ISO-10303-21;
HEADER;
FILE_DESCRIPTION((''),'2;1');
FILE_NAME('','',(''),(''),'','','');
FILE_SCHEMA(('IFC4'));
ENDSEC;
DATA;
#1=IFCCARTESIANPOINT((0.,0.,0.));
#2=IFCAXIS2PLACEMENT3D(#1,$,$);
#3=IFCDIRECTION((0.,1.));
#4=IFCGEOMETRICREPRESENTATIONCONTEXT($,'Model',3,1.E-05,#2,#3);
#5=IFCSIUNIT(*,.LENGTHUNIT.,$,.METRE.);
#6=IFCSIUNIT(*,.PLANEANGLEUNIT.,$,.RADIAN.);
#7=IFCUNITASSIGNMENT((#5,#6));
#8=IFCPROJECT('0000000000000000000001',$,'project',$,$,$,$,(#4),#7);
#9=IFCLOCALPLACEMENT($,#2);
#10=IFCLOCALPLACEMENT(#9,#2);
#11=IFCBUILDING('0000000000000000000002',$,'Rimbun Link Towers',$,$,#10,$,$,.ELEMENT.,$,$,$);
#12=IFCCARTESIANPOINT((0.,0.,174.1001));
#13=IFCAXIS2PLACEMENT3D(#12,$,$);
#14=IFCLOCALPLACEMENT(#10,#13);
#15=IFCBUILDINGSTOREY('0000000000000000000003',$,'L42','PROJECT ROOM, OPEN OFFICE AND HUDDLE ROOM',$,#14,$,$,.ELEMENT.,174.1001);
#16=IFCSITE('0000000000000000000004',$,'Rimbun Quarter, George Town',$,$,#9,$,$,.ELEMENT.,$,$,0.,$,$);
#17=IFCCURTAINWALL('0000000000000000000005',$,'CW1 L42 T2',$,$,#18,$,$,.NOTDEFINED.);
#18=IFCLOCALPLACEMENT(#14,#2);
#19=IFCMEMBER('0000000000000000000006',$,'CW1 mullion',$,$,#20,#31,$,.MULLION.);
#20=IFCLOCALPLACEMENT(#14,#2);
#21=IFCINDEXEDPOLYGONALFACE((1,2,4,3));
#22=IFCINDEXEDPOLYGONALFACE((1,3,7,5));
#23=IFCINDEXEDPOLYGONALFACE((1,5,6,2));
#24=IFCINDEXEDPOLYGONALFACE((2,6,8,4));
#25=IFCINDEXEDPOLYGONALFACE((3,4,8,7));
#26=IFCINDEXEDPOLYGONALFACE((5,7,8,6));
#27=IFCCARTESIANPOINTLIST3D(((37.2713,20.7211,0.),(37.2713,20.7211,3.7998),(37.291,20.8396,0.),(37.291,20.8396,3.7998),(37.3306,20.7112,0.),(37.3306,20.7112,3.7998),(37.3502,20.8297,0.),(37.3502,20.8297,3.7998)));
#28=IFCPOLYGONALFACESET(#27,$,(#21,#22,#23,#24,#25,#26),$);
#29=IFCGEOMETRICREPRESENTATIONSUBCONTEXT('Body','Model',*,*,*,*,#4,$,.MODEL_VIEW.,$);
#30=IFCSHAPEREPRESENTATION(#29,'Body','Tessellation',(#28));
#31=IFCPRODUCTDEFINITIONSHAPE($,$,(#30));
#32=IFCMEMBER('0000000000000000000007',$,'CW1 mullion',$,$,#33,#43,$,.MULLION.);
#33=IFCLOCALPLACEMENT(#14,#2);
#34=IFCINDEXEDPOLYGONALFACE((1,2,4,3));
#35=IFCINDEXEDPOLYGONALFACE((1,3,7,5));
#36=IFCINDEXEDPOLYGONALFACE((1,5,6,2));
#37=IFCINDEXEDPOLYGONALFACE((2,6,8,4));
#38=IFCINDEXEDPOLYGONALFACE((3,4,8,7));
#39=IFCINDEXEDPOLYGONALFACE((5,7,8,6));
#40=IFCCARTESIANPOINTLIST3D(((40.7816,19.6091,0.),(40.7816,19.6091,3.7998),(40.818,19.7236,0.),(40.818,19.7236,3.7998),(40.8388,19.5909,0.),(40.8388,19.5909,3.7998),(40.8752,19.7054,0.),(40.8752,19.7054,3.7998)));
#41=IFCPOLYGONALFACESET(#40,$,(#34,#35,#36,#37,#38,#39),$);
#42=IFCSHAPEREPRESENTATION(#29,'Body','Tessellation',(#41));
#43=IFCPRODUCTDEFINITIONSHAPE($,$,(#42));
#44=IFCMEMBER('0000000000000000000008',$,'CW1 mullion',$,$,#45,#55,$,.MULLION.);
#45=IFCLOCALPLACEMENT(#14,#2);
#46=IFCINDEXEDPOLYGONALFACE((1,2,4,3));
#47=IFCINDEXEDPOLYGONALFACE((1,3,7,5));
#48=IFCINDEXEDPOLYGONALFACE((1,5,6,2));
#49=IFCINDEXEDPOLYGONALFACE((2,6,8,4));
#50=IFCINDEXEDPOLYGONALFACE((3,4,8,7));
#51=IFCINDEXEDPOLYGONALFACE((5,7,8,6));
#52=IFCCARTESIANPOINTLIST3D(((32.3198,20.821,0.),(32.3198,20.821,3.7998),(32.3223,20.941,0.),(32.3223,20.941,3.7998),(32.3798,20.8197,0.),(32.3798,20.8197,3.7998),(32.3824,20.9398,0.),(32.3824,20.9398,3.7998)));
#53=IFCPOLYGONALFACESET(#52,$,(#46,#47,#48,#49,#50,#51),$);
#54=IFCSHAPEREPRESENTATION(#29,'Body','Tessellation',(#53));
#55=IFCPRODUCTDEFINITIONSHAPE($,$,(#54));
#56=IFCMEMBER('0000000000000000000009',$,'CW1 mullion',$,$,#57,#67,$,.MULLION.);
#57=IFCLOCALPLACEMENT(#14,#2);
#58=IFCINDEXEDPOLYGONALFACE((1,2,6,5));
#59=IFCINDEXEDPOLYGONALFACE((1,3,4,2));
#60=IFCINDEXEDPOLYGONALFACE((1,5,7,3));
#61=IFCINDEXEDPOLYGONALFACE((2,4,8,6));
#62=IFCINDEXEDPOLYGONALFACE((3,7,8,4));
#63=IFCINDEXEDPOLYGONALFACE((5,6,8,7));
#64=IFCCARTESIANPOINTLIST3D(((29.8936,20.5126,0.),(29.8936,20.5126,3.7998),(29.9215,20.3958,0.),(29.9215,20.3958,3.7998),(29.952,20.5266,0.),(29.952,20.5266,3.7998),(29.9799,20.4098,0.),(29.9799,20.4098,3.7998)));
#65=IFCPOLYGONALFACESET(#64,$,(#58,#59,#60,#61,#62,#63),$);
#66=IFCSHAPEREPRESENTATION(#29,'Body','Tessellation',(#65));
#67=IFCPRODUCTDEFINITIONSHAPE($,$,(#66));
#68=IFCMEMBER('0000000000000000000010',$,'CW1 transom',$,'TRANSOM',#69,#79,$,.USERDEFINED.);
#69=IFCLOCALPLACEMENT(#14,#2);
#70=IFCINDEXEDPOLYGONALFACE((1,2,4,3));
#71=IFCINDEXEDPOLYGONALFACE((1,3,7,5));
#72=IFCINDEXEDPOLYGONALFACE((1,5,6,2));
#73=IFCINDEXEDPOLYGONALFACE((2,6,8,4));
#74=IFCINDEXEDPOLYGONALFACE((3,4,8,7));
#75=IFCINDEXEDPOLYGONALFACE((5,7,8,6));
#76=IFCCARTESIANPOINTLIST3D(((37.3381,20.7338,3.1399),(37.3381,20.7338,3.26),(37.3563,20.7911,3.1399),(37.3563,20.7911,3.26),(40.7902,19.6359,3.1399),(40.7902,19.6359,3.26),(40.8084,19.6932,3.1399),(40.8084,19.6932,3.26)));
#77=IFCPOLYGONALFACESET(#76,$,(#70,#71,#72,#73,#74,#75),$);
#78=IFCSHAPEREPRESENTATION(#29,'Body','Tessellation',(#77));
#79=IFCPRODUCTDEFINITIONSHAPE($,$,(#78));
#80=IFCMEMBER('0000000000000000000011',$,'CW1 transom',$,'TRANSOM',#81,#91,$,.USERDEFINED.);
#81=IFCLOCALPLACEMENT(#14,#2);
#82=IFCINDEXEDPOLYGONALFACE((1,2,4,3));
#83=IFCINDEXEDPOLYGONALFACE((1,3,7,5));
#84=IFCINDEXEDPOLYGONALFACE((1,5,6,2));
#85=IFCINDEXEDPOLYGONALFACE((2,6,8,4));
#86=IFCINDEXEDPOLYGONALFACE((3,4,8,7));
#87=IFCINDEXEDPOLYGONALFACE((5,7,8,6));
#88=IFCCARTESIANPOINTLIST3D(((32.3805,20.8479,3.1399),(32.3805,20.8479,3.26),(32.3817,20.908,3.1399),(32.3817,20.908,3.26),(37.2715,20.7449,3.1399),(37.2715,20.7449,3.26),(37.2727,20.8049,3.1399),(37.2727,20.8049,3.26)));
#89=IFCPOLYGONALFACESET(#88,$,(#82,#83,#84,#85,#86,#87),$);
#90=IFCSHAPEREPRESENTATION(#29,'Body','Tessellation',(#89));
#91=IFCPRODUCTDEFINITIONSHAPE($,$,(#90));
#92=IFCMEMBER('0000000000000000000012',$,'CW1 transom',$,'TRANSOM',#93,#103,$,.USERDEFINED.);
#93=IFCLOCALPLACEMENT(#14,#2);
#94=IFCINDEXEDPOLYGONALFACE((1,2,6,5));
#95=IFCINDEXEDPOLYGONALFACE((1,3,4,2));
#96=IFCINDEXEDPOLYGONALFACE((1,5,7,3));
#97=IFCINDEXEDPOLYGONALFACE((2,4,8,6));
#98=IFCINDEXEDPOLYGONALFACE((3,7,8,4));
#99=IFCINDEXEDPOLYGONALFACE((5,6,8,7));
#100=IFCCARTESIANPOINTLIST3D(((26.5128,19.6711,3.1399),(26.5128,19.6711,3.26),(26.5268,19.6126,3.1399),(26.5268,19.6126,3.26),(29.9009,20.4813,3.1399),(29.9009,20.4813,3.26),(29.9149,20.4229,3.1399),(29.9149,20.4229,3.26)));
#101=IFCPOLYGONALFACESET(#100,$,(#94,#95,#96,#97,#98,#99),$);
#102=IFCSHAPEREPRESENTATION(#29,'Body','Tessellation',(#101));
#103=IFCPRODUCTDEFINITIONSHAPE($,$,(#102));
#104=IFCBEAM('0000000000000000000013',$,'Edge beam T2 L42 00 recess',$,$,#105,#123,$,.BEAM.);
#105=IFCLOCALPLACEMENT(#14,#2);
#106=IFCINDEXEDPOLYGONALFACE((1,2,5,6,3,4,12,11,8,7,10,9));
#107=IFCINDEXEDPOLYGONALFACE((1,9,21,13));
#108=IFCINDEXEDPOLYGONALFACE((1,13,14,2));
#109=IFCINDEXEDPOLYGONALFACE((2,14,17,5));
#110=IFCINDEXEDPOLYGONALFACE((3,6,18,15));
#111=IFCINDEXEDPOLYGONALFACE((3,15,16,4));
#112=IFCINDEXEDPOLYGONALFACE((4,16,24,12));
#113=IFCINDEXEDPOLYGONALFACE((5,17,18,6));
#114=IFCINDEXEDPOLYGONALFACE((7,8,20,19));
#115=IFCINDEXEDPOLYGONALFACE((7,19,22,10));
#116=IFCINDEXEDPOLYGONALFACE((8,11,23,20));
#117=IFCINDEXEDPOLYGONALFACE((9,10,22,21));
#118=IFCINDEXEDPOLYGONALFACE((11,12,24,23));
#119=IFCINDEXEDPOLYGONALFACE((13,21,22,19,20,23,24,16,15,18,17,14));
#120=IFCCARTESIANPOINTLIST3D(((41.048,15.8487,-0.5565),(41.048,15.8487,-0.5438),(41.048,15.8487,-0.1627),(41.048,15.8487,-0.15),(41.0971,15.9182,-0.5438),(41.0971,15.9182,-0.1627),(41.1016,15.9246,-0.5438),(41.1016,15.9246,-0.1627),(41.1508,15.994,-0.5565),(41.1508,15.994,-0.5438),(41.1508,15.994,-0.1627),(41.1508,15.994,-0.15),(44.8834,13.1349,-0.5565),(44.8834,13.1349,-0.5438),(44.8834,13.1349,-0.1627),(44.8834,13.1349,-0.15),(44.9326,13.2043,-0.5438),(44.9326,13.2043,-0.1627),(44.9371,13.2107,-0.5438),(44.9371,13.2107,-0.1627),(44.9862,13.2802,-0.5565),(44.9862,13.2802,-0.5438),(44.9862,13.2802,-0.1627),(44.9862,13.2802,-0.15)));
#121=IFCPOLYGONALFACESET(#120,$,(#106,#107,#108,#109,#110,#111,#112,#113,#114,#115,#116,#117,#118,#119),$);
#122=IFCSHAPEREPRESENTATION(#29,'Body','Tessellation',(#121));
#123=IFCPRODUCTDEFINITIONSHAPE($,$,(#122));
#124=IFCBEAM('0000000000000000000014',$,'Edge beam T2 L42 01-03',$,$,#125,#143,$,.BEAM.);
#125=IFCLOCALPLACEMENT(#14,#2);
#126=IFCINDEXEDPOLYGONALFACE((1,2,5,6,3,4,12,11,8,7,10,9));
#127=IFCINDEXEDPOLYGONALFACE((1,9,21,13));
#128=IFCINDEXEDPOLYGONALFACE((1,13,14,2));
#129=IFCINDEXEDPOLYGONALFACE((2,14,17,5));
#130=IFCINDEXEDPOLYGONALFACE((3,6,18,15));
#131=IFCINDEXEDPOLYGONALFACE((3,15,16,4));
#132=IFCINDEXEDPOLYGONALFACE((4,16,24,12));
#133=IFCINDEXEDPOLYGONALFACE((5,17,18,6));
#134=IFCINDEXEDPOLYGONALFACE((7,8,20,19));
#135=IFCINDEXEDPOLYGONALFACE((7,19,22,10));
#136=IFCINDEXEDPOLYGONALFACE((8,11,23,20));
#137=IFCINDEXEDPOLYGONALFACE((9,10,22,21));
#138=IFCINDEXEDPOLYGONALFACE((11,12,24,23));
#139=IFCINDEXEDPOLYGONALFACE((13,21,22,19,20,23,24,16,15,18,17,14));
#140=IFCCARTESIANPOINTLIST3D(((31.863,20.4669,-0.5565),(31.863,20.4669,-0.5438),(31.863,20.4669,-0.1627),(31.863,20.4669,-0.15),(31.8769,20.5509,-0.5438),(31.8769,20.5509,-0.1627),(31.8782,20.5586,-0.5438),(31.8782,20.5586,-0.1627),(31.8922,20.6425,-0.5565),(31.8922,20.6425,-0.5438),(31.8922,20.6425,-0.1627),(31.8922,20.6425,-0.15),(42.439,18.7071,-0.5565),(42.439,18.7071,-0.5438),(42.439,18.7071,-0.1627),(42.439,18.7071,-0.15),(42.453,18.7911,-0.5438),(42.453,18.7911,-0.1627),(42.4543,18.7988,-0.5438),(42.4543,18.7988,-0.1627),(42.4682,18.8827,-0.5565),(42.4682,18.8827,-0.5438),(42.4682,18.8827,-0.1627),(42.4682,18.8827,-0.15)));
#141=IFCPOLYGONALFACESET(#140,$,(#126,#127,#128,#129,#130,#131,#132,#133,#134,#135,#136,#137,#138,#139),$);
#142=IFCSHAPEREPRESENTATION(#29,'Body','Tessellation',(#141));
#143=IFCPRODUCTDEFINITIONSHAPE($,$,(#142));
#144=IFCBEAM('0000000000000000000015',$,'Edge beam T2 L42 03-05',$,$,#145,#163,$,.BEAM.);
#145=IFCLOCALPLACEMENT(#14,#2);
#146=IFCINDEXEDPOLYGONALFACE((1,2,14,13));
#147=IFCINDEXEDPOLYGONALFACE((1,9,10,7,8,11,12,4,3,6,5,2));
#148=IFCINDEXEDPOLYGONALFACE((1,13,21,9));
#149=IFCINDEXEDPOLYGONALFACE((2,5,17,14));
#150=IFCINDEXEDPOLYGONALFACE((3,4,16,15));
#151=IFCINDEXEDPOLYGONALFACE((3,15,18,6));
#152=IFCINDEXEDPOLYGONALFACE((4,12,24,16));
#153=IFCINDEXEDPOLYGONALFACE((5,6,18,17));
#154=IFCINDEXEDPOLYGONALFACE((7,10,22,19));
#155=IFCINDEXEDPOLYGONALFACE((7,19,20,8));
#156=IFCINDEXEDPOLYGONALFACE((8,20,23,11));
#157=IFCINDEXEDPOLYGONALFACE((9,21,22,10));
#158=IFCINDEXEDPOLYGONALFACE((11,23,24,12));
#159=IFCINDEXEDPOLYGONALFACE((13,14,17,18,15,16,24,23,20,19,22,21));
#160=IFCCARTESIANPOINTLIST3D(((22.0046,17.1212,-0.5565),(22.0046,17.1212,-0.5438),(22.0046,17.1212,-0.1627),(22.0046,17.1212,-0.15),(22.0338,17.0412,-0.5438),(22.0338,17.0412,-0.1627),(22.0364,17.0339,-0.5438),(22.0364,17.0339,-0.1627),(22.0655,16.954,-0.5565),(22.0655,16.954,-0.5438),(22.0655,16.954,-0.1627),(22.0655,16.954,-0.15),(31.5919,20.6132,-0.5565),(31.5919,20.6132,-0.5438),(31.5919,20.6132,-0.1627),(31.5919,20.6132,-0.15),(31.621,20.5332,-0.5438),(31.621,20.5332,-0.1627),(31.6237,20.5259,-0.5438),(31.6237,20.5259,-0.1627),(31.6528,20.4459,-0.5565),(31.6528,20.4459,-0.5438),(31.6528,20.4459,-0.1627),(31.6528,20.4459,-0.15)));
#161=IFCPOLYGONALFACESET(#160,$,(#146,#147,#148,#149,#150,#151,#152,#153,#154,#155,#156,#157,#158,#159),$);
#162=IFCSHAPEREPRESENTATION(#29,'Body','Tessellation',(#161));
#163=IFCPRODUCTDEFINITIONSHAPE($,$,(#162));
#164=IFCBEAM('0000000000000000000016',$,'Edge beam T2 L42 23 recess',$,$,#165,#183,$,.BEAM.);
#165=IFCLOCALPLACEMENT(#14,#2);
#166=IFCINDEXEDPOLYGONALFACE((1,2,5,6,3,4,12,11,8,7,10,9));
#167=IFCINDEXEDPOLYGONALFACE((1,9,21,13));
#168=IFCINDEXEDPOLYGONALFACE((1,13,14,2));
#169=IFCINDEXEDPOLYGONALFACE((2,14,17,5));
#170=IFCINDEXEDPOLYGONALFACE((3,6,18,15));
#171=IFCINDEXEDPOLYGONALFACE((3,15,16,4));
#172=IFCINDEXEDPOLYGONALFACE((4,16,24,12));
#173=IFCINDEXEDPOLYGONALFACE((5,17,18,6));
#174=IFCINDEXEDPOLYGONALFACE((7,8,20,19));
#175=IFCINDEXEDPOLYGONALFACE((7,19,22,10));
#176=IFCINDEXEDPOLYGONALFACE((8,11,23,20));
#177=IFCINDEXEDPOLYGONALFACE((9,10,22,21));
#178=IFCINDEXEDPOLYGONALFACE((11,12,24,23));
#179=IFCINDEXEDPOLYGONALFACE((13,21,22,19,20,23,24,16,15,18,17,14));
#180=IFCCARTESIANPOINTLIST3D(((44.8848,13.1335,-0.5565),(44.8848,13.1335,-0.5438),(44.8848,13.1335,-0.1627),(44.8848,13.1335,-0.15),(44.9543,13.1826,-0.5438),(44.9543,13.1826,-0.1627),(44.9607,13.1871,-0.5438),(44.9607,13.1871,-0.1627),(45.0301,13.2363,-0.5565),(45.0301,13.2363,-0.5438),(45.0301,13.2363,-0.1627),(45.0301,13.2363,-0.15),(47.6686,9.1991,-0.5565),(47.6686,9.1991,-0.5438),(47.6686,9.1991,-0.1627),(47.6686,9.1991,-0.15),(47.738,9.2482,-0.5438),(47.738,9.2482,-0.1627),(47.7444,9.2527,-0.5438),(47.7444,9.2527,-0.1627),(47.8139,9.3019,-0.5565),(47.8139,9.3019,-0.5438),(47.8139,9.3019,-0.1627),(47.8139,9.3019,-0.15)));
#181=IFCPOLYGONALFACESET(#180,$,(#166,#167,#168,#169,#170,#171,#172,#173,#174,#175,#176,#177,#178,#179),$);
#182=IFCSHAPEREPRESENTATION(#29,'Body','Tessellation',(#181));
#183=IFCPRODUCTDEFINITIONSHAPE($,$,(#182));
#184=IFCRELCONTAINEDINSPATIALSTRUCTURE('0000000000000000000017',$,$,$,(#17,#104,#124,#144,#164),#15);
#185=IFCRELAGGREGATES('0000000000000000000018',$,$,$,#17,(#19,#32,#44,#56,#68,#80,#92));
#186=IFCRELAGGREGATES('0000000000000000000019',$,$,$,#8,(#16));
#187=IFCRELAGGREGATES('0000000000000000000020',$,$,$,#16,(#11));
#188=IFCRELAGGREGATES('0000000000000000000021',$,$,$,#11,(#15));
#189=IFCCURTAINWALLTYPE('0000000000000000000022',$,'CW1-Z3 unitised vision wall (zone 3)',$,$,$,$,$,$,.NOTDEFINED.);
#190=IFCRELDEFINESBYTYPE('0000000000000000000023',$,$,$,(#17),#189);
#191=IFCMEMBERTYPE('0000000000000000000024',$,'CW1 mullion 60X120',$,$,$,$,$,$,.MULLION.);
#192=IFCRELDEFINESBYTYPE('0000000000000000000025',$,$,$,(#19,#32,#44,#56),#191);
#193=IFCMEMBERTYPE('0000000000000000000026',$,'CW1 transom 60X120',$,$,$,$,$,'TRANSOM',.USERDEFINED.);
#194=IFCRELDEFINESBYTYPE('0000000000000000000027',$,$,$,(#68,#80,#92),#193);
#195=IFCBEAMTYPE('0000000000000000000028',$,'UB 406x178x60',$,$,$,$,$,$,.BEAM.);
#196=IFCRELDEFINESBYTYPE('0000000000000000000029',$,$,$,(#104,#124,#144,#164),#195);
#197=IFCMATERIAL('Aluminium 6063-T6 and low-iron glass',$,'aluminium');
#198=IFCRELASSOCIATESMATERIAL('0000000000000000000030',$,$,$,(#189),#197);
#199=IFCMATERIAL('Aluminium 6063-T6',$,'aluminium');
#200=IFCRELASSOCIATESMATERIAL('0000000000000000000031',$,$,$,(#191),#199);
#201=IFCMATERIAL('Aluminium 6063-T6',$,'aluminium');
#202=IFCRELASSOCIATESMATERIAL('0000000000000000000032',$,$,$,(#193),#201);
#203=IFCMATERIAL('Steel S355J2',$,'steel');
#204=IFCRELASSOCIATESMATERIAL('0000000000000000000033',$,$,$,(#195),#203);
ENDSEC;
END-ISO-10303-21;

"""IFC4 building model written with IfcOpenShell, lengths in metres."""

from ifc_helpers import new_model, si_unit, direction, frame, origin, origin_2d, place, context, subcontext, project, spatial, rectangle, i_section, extrude, material, material_profile, profile_set, type_object, element, aggregate, save


model = new_model("IFC4")

# Units and contexts
model_context = context("Model", 3, precision=1e-05, world=origin(), true_north=direction((0.0, 1.0)))
body_context = subcontext(model_context, "Body", "Model", "MODEL_VIEW")
ifc_project = project(units=[si_unit("LENGTHUNIT", "METRE"), si_unit("PLANEANGLEUNIT", "RADIAN")], contexts=[model_context])

# Site, building, storey
site_placement = place(None, origin())
site = spatial("IfcSite", under=ifc_project, at=site_placement, Name="Rimbun Quarter, George Town", CompositionType="ELEMENT", RefElevation=0.0)
building_placement = place(site_placement, origin())
building = spatial("IfcBuilding", under=site, at=building_placement, Name="Rimbun Link Towers", CompositionType="ELEMENT")
storey_placement = place(building_placement, frame((0.0, 0.0, 174.1001)))
storey = spatial("IfcBuildingStorey", under=building, at=storey_placement, Name="L42", Description="PROJECT ROOM, OPEN OFFICE AND HUDDLE ROOM", CompositionType="ELEMENT", Elevation=174.1001)

# Curtain wall, members
ifc_material_1 = material(Name="Aluminium 6063-T6 and low-iron glass", Category="aluminium")
curtain_wall_type = type_object("IfcCurtainWallType", Name="CW1-Z3 unitised vision wall (zone 3)", PredefinedType="NOTDEFINED", material=ifc_material_1)
curtain_wall_placement = place(storey_placement, origin())
curtain_wall = element("IfcCurtainWall", 1, at=curtain_wall_placement, inside=storey, type_object=curtain_wall_type, Name="CW1 L42 T2", PredefinedType="NOTDEFINED")
ifc_material_2 = material(Name="Aluminium 6063-T6", Category="aluminium")
ifc_material_profile_1 = material_profile(ifc_material_2, rectangle(XDim=0.1201, YDim=0.0601, at=origin_2d()), Name="MULLION 60X120")
ifc_profile_set_1 = profile_set([ifc_material_profile_1], Name="Aluminium 6063-T6")
member_type_1 = type_object("IfcMemberType", Name="CW1 mullion 60X120", PredefinedType="MULLION", material=ifc_profile_set_1)
member_1_placement = place(storey_placement, frame((37.3108, 20.7754, 0.0), z_axis=(0.0, 0.0, 1.0), x_axis=(0.163743, 0.986503, 0.0)))
member_1 = element("IfcMember", 2, at=member_1_placement, type_object=member_type_1, Name="CW1 mullion", PredefinedType="MULLION", context=body_context, shape_type="SweptSolid", body=[
    extrude(rectangle(XDim=0.1201, YDim=0.0601, at=origin_2d()), origin(), (0.0, 0.0, 1.0), 3.7998),
])
member_2_placement = place(storey_placement, frame((40.8284, 19.6572, 0.0), z_axis=(0.0, 0.0, 1.0), x_axis=(0.303068, 0.952969, 0.0)))
member_2 = element("IfcMember", 3, at=member_2_placement, type_object=member_type_1, Name="CW1 mullion", PredefinedType="MULLION", context=body_context, shape_type="SweptSolid", body=[
    extrude(rectangle(XDim=0.1201, YDim=0.0601, at=origin_2d()), origin(), (0.0, 0.0, 1.0), 3.7998),
])
member_3_placement = place(storey_placement, frame((32.3511, 20.8804, 0.0), z_axis=(0.0, 0.0, 1.0), x_axis=(0.021055, 0.999778, 0.0)))
member_3 = element("IfcMember", 4, at=member_3_placement, type_object=member_type_1, Name="CW1 mullion", PredefinedType="MULLION", context=body_context, shape_type="SweptSolid", body=[
    extrude(rectangle(XDim=0.1201, YDim=0.0601, at=origin_2d()), origin(), (0.0, 0.0, 1.0), 3.7998),
])
member_4_placement = place(storey_placement, frame((29.9368, 20.4612, 0.0), z_axis=(0.0, 0.0, 1.0), x_axis=(-0.232595, 0.972574, 0.0)))
member_4 = element("IfcMember", 5, at=member_4_placement, type_object=member_type_1, Name="CW1 mullion", PredefinedType="MULLION", context=body_context, shape_type="SweptSolid", body=[
    extrude(rectangle(XDim=0.1201, YDim=0.0601, at=origin_2d()), origin(), (0.0, 0.0, 1.0), 3.7998),
])
ifc_material_3 = material(Name="Aluminium 6063-T6", Category="aluminium")
ifc_material_profile_2 = material_profile(ifc_material_3, rectangle(XDim=0.0601, YDim=0.1201, at=origin_2d()), Name="TRANSOM 60X120")
ifc_profile_set_2 = profile_set([ifc_material_profile_2], Name="Aluminium 6063-T6")
member_type_2 = type_object("IfcMemberType", Name="CW1 transom 60X120", ElementType="TRANSOM", PredefinedType="USERDEFINED", material=ifc_profile_set_2)
member_5_placement = place(storey_placement, frame((37.3472, 20.7625, 3.2), z_axis=(0.952966, -0.303076, 0.0), x_axis=(0.303076, 0.952966, 0.0)))
member_5 = element("IfcMember", 6, at=member_5_placement, type_object=member_type_2, Name="CW1 transom", ObjectType="TRANSOM", PredefinedType="USERDEFINED", context=body_context, shape_type="SweptSolid", body=[
    extrude(rectangle(XDim=0.0601, YDim=0.1201, at=origin_2d()), origin(), (0.0, 0.0, 1.0), 3.6226),
])
member_6_placement = place(storey_placement, frame((32.3811, 20.8779, 3.2), z_axis=(0.999778, -0.02106, 0.0), x_axis=(0.02106, 0.999778, 0.0)))
member_6 = element("IfcMember", 7, at=member_6_placement, type_object=member_type_2, Name="CW1 transom", ObjectType="TRANSOM", PredefinedType="USERDEFINED", context=body_context, shape_type="SweptSolid", body=[
    extrude(rectangle(XDim=0.0601, YDim=0.1201, at=origin_2d()), origin(), (0.0, 0.0, 1.0), 4.8921),
])
member_7_placement = place(storey_placement, frame((26.5198, 19.6418, 3.2), z_axis=(0.972573, 0.232596, 0.0), x_axis=(-0.232596, 0.972573, 0.0)))
member_7 = element("IfcMember", 8, at=member_7_placement, type_object=member_type_2, Name="CW1 transom", ObjectType="TRANSOM", PredefinedType="USERDEFINED", context=body_context, shape_type="SweptSolid", body=[
    extrude(rectangle(XDim=0.0601, YDim=0.1201, at=origin_2d()), origin(), (0.0, 0.0, 1.0), 3.4836),
])

# Beams
ifc_material_4 = material(Name="Steel S355J2", Category="steel")
ifc_material_profile_3 = material_profile(ifc_material_4, i_section(OverallWidth=0.178, OverallDepth=0.4065, WebThickness=0.0078, FlangeThickness=0.0127, at=origin_2d()), Name="UB 406x178x60")
ifc_profile_set_3 = profile_set([ifc_material_profile_3], Name="Steel S355J2")
beam_type_1 = type_object("IfcBeamType", Name="UB 406x178x60", PredefinedType="BEAM", material=ifc_profile_set_3)
beam_1_placement = place(storey_placement, frame((44.9348, 13.2075, -0.3533), z_axis=(-0.816316, 0.577605, 0.0), x_axis=(-0.577605, -0.816316, 0.0)))
element("IfcBeam", 9, at=beam_1_placement, inside=storey, type_object=beam_type_1, Name="Edge beam T2 L42 00 recess", PredefinedType="BEAM", context=body_context, shape_type="SweptSolid", body=[
    extrude(i_section(OverallWidth=0.178, OverallDepth=0.4065, WebThickness=0.0078, FlangeThickness=0.0127, at=origin_2d()), origin(), (0.0, 0.0, 1.0), 4.6985),
])
beam_2_placement = place(storey_placement, frame((42.4536, 18.7949, -0.3533), z_axis=(-0.986438, 0.164137, 0.0), x_axis=(-0.164137, -0.986438, 0.0)))
element("IfcBeam", 10, at=beam_2_placement, inside=storey, type_object=beam_type_1, Name="Edge beam T2 L42 01-03", PredefinedType="BEAM", context=body_context, shape_type="SweptSolid", body=[
    extrude(i_section(OverallWidth=0.178, OverallDepth=0.4065, WebThickness=0.0078, FlangeThickness=0.0127, at=origin_2d()), origin(), (0.0, 0.0, 1.0), 10.7214),
])
beam_3_placement = place(storey_placement, frame((31.6223, 20.5295, -0.3533), z_axis=(-0.939614, -0.342237, 0.0), x_axis=(0.342237, -0.939614, 0.0)))
element("IfcBeam", 11, at=beam_3_placement, inside=storey, type_object=beam_type_1, Name="Edge beam T2 L42 03-05", PredefinedType="BEAM", context=body_context, shape_type="SweptSolid", body=[
    extrude(i_section(OverallWidth=0.178, OverallDepth=0.4065, WebThickness=0.0078, FlangeThickness=0.0127, at=origin_2d()), origin(), (0.0, 0.0, 1.0), 10.2034),
])
beam_4_placement = place(storey_placement, frame((47.7412, 9.2505, -0.3533), z_axis=(-0.577586, 0.81633, 0.0), x_axis=(-0.81633, -0.577586, 0.0)))
element("IfcBeam", 12, at=beam_4_placement, inside=storey, type_object=beam_type_1, Name="Edge beam T2 L42 23 recess", PredefinedType="BEAM", context=body_context, shape_type="SweptSolid", body=[
    extrude(i_section(OverallWidth=0.178, OverallDepth=0.4065, WebThickness=0.0078, FlangeThickness=0.0127, at=origin_2d()), origin(), (0.0, 0.0, 1.0), 4.8196),
])

aggregate(curtain_wall, [member_1, member_2, member_3, member_4, member_5, member_6, member_7])

save(model, "model.ifc")
